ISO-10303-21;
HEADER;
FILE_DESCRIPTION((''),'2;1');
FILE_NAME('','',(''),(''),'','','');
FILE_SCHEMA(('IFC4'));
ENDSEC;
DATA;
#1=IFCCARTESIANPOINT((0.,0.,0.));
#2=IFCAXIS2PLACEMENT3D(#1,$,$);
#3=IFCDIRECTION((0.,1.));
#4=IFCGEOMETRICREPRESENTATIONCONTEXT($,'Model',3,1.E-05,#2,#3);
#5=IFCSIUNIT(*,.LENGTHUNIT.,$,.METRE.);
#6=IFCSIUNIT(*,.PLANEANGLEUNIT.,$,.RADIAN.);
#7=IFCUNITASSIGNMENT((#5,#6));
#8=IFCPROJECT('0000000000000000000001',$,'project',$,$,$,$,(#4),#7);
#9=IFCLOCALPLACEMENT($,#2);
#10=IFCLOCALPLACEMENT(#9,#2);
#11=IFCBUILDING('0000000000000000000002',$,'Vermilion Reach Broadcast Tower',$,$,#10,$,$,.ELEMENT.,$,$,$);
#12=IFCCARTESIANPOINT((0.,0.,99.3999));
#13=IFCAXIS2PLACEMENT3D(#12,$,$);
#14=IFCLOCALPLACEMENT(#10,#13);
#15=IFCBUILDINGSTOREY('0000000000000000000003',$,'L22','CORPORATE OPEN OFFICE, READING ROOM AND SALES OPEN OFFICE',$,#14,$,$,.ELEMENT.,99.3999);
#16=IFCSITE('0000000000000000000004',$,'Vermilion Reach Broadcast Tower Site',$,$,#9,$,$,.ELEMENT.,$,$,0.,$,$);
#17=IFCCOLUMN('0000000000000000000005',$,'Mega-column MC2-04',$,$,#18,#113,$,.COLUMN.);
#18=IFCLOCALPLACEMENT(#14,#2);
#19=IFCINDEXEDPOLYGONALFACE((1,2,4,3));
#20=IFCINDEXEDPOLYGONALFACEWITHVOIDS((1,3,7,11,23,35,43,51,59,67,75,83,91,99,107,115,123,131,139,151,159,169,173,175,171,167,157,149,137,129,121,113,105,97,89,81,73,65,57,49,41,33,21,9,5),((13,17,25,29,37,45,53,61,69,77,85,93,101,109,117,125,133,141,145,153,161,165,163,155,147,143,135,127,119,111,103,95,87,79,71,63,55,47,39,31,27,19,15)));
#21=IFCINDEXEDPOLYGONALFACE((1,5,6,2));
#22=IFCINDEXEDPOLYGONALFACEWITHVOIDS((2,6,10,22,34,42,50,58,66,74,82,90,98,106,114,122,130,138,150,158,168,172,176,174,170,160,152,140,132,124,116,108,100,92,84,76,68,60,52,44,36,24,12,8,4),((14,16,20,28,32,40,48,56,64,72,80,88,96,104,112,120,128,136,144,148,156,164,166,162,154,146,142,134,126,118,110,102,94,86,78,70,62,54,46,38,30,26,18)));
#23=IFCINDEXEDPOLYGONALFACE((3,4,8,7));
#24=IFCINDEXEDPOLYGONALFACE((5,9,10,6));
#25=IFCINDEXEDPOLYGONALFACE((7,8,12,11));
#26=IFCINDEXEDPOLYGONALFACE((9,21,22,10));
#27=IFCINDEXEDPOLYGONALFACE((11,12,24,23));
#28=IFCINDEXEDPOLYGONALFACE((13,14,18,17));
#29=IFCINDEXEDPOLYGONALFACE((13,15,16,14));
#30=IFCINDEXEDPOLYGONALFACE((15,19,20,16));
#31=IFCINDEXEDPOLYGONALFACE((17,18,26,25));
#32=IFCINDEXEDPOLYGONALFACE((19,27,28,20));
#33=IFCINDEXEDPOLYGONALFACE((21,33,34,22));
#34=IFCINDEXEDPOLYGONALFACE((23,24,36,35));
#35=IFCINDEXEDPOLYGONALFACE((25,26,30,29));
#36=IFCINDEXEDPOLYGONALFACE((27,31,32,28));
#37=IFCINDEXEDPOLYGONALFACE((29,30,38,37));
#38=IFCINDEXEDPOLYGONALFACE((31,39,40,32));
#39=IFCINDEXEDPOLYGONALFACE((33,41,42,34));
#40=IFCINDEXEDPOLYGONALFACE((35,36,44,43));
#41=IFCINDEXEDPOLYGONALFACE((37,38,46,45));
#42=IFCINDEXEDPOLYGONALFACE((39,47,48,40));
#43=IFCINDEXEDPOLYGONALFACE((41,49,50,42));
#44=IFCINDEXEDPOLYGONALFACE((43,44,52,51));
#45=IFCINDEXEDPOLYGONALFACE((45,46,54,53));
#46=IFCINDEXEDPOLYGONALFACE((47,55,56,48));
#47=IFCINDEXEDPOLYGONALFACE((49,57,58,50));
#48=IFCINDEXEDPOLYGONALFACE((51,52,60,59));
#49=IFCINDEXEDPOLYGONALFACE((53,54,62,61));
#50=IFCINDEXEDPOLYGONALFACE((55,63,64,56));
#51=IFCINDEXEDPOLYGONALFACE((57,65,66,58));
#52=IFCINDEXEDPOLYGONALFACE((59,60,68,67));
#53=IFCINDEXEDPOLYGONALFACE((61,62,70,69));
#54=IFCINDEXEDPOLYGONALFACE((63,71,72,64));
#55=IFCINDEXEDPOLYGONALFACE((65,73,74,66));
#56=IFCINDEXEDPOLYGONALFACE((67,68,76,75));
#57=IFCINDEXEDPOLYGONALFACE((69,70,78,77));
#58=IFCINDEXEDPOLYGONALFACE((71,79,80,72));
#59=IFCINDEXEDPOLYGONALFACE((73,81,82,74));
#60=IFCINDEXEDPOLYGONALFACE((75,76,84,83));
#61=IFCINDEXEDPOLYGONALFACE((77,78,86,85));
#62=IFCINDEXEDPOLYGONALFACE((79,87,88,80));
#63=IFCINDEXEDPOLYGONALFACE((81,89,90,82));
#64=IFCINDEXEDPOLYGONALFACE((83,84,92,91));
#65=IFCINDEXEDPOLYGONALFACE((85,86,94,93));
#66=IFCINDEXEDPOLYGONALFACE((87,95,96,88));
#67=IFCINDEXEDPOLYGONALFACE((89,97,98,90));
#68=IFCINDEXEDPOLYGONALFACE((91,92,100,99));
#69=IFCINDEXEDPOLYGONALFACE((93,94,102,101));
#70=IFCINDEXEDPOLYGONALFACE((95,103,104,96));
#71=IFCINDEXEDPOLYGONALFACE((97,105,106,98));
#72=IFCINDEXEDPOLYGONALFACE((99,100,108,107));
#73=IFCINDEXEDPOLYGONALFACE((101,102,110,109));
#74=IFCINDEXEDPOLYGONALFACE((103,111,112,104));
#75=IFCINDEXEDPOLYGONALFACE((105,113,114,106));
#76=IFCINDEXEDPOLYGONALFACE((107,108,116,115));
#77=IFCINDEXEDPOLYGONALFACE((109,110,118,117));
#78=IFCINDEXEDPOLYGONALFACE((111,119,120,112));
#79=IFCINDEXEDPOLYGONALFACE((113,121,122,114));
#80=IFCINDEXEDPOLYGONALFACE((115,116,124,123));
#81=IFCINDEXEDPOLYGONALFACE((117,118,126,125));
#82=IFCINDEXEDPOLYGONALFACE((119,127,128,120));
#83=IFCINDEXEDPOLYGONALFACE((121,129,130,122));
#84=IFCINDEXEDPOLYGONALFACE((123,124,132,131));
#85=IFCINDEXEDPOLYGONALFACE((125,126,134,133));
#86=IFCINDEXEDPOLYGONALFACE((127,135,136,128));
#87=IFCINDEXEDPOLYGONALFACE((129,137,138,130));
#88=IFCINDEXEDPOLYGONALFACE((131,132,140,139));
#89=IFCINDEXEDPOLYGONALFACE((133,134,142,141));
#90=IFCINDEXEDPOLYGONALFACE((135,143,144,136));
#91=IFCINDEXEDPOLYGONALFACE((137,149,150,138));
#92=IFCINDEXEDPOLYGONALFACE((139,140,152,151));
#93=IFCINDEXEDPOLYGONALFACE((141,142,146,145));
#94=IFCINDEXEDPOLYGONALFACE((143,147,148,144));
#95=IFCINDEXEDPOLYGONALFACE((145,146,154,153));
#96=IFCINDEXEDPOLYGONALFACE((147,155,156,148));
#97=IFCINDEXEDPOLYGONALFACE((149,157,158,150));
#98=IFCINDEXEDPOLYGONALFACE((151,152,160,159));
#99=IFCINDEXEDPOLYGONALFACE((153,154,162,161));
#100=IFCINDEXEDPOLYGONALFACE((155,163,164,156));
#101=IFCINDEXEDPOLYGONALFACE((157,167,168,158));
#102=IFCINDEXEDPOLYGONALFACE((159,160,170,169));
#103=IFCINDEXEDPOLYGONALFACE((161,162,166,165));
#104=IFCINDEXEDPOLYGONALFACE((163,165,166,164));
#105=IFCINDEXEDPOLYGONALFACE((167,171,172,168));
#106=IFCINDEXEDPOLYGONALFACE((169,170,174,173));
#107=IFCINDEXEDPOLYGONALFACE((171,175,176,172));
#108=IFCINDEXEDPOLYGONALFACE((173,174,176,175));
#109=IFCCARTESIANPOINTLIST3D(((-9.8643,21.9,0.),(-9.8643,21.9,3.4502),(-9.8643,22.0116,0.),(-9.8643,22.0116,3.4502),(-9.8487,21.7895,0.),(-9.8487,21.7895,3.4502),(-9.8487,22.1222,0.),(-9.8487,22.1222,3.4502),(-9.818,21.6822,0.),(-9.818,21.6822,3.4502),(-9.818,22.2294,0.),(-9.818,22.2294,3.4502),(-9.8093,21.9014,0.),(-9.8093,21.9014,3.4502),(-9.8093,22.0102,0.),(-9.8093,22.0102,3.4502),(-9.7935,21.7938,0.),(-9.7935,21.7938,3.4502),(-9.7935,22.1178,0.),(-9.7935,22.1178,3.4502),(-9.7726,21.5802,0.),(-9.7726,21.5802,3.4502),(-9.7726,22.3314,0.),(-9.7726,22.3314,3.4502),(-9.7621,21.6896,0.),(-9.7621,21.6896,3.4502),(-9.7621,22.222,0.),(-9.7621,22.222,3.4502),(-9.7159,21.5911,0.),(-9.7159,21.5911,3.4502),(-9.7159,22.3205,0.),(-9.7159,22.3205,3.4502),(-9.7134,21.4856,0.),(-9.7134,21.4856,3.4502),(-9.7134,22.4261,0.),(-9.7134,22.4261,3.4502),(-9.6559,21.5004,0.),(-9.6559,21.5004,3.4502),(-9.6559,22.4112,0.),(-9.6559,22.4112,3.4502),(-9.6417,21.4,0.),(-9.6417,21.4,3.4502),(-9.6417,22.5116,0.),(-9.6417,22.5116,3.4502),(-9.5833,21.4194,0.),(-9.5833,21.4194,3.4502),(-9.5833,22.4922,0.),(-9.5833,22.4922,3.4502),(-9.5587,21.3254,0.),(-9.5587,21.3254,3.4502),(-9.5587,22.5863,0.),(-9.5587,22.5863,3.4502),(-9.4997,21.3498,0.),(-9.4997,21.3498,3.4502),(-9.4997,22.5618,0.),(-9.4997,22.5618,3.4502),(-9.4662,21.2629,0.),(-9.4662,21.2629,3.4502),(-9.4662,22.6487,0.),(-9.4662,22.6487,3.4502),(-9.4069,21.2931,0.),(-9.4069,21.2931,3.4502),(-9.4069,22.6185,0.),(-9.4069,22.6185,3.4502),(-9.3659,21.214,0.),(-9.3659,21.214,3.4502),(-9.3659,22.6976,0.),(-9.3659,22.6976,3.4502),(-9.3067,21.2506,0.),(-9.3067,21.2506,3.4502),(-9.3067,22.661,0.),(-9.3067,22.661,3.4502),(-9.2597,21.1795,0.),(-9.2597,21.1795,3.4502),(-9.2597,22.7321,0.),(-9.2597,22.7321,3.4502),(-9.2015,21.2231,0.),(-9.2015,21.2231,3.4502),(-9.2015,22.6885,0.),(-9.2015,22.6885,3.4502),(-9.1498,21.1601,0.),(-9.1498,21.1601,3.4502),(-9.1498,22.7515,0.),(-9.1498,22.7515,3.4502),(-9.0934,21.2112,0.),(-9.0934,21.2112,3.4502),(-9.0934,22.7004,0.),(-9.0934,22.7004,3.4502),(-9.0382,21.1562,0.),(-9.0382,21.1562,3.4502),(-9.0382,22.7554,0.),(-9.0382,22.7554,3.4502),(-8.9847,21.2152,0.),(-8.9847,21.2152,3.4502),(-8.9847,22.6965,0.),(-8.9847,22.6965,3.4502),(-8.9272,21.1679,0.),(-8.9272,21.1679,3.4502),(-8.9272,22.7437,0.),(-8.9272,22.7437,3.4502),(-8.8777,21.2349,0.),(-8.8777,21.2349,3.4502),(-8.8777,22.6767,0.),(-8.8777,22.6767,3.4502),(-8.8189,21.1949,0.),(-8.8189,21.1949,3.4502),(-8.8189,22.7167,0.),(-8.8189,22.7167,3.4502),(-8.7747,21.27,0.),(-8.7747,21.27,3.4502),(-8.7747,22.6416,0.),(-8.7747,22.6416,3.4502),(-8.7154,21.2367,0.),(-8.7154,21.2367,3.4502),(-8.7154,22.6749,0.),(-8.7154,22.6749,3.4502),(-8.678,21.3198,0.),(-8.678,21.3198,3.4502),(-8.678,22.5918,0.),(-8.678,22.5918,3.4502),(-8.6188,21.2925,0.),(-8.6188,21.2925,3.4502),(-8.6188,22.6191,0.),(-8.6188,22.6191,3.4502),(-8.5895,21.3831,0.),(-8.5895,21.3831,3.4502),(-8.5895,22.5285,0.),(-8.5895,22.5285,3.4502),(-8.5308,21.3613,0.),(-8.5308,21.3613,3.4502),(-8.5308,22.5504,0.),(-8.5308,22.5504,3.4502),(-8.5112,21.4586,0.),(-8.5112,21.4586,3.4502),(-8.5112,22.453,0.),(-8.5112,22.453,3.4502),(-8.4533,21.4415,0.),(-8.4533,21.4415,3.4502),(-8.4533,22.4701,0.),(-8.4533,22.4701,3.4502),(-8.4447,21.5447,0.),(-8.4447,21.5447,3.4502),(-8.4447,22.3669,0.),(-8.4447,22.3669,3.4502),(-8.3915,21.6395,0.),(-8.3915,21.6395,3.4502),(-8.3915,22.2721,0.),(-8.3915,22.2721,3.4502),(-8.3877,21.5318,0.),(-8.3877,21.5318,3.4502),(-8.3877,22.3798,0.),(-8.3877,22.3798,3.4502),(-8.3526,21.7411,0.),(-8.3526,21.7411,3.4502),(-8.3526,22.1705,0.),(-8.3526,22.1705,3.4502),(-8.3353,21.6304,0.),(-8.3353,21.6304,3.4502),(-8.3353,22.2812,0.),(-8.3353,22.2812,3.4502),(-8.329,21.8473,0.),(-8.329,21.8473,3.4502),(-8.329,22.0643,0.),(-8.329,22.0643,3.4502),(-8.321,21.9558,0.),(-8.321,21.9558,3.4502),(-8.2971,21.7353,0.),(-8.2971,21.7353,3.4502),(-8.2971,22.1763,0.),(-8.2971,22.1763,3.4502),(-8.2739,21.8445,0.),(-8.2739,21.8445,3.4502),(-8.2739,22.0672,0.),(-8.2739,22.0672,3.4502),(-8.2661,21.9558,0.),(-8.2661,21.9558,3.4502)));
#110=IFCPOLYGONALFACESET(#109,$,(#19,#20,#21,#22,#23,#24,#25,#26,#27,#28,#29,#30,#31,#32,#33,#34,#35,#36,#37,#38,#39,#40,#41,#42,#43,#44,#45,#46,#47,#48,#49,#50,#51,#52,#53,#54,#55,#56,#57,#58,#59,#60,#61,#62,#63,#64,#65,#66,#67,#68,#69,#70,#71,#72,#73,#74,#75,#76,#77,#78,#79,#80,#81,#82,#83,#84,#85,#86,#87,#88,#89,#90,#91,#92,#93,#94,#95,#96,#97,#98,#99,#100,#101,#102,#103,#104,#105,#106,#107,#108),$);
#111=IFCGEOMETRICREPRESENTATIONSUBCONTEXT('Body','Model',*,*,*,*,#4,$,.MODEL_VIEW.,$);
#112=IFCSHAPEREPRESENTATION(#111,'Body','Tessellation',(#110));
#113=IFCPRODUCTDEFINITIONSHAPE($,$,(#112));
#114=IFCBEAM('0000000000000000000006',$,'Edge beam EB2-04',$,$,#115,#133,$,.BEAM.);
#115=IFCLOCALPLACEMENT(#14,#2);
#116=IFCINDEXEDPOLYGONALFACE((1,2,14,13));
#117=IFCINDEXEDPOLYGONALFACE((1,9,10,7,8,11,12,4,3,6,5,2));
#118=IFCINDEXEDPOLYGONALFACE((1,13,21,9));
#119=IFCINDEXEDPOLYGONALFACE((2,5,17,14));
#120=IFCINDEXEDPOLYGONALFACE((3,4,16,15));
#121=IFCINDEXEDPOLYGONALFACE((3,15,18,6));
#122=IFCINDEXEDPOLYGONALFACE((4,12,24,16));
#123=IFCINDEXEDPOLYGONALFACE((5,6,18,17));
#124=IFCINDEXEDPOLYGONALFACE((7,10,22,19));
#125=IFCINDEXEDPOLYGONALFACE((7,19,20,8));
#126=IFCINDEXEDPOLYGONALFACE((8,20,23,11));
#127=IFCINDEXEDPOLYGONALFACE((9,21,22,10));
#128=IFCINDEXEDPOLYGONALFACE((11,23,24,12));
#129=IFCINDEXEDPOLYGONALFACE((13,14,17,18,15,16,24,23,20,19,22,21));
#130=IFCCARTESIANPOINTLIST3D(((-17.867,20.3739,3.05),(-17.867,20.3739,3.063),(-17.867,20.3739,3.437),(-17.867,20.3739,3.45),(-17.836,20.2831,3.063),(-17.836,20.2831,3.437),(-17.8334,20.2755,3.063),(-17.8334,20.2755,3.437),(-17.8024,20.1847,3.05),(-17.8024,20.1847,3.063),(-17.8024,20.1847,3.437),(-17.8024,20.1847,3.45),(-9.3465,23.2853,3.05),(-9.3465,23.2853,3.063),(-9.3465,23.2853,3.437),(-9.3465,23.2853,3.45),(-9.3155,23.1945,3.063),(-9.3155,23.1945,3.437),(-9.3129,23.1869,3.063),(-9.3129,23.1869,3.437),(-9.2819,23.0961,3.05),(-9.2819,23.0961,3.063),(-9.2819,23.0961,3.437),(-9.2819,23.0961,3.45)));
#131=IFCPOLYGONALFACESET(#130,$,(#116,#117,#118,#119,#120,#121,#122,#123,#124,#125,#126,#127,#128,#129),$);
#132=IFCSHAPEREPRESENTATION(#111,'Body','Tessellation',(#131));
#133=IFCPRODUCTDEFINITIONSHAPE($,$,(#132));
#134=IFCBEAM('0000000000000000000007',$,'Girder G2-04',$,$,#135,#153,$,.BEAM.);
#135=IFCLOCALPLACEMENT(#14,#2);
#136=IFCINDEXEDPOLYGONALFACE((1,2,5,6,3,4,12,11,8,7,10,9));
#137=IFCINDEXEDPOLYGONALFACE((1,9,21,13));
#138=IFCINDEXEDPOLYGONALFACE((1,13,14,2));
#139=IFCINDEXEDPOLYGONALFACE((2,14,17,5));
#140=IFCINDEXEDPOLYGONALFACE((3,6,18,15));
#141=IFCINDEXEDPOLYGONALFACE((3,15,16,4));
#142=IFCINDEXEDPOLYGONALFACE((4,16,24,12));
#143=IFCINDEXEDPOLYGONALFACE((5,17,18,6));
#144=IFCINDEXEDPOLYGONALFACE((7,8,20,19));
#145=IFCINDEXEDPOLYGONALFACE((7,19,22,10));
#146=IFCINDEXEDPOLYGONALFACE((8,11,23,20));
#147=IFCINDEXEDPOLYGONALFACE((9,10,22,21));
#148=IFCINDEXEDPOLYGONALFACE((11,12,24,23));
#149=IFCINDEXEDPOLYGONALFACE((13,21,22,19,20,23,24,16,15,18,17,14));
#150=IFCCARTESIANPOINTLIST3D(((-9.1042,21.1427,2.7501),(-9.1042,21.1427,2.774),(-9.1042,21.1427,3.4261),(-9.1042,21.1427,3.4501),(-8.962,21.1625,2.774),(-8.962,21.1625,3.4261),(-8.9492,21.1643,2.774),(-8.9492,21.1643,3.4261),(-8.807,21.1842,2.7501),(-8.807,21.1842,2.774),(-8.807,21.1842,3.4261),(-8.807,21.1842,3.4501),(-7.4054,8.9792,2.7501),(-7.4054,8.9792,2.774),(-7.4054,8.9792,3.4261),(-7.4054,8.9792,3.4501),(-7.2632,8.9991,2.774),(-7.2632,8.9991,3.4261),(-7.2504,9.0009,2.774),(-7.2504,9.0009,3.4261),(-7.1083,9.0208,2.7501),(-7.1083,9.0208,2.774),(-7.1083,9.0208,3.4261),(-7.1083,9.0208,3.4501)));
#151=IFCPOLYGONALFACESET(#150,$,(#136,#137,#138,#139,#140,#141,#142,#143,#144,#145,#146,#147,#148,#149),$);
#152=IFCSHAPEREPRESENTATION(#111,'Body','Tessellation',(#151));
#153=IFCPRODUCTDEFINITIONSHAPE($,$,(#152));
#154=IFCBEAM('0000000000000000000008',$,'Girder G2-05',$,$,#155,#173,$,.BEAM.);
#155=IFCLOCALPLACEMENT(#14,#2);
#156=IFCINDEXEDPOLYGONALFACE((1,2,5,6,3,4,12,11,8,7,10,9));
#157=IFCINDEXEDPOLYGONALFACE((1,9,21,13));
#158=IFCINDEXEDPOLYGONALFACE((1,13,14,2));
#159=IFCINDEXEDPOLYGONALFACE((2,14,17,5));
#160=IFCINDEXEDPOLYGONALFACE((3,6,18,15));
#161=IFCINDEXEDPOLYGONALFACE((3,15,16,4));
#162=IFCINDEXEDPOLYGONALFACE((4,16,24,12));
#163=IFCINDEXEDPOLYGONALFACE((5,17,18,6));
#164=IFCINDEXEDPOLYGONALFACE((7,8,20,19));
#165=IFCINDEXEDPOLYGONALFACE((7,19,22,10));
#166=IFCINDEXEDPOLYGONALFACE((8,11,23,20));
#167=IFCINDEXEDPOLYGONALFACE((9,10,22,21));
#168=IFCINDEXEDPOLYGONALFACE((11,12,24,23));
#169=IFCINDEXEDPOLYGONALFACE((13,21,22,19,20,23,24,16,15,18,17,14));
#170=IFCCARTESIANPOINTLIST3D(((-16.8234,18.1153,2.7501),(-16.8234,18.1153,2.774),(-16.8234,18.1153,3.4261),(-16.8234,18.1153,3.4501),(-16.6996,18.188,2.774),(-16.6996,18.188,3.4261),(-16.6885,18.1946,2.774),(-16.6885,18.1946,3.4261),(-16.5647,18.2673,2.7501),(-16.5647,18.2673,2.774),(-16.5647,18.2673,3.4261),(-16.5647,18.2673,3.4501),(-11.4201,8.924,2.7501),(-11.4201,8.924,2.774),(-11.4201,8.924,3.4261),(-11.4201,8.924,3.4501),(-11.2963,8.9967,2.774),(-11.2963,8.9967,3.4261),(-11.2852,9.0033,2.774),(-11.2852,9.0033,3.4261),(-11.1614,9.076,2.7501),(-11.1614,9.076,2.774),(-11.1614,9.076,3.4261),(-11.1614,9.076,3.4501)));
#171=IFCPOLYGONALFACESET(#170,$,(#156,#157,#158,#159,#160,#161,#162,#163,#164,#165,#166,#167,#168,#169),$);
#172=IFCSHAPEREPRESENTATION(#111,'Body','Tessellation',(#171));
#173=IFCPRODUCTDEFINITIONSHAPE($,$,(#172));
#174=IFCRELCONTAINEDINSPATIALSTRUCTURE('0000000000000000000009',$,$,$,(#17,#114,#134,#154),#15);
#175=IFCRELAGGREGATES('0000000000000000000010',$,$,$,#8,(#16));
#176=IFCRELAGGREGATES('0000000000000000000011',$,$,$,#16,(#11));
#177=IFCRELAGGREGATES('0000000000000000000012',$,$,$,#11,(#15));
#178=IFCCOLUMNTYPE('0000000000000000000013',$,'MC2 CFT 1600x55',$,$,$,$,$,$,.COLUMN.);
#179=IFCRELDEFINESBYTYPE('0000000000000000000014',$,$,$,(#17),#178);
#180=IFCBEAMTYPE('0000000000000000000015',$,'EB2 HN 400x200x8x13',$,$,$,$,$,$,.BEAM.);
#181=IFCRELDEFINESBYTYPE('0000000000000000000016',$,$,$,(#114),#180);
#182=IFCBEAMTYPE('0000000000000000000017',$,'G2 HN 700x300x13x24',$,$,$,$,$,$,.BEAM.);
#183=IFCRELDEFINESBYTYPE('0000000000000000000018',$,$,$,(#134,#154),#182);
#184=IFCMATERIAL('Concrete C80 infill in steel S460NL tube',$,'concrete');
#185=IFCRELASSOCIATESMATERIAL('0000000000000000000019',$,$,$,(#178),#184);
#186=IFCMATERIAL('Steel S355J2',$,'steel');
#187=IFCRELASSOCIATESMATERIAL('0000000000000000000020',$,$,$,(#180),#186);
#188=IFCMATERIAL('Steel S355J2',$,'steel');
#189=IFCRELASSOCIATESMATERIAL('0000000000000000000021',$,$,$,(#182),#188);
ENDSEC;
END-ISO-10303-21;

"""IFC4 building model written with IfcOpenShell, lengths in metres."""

from ifc_helpers import new_model, si_unit, direction, frame, origin, origin_2d, place, context, subcontext, project, spatial, hollow_circle, i_section, extrude, material, material_profile, profile_set, type_object, element, save


model = new_model("IFC4")

# Units and contexts
model_context = context("Model", 3, precision=1e-05, world=origin(), true_north=direction((0.0, 1.0)))
body_context = subcontext(model_context, "Body", "Model", "MODEL_VIEW")
ifc_project = project(units=[si_unit("LENGTHUNIT", "METRE"), si_unit("PLANEANGLEUNIT", "RADIAN")], contexts=[model_context])

# Site, building, storey
site_placement = place(None, origin())
site = spatial("IfcSite", under=ifc_project, at=site_placement, Name="Vermilion Reach Broadcast Tower Site", CompositionType="ELEMENT", RefElevation=0.0)
building_placement = place(site_placement, origin())
building = spatial("IfcBuilding", under=site, at=building_placement, Name="Vermilion Reach Broadcast Tower", CompositionType="ELEMENT")
storey_placement = place(building_placement, frame((0.0, 0.0, 99.3999)))
storey = spatial("IfcBuildingStorey", under=building, at=storey_placement, Name="L22", Description="CORPORATE OPEN OFFICE, READING ROOM AND SALES OPEN OFFICE", CompositionType="ELEMENT", Elevation=99.3999)

# Column
ifc_material_1 = material(Name="Concrete C80 infill in steel S460NL tube", Category="concrete")
ifc_material_profile_1 = material_profile(ifc_material_1, hollow_circle(Radius=0.8, WallThickness=0.0549, at=origin_2d()), Name="Concrete C80 infill in steel S460NL tube CFT 1600x55")
ifc_profile_set_1 = profile_set([ifc_material_profile_1], Name="Concrete C80 infill in steel S460NL tube")
column_type = type_object("IfcColumnType", Name="MC2 CFT 1600x55", PredefinedType="COLUMN", material=ifc_profile_set_1)
column_placement = place(storey_placement, frame((-9.0662, 21.9558, 0.0), z_axis=(0.0, 0.0, 1.0), x_axis=(1.0, 0.0, 0.0)))
element("IfcColumn", 1, at=column_placement, inside=storey, type_object=column_type, Name="Mega-column MC2-04", PredefinedType="COLUMN", context=body_context, shape_type="SweptSolid", body=[
    extrude(hollow_circle(Radius=0.8, WallThickness=0.0549, at=origin_2d()), origin(), (0.0, 0.0, 1.0), 3.4502),
])

# Beams
ifc_material_2 = material(Name="Steel S355J2", Category="steel")
ifc_material_profile_2 = material_profile(ifc_material_2, i_section(OverallWidth=0.2, OverallDepth=0.3999, WebThickness=0.0081, FlangeThickness=0.0129, at=origin_2d()), Name="S355J2 HN 400x200x8x13")
ifc_profile_set_2 = profile_set([ifc_material_profile_2], Name="Steel S355J2")
beam_type_1 = type_object("IfcBeamType", Name="EB2 HN 400x200x8x13", PredefinedType="BEAM", material=ifc_profile_set_2)
beam_1_placement = place(storey_placement, frame((-9.3142, 23.1907, 3.25), z_axis=(-0.946284, -0.323336, 0.0), x_axis=(0.323336, -0.946284, 0.0)))
element("IfcBeam", 2, at=beam_1_placement, inside=storey, type_object=beam_type_1, Name="Edge beam EB2-04", PredefinedType="BEAM", context=body_context, shape_type="SweptSolid", body=[
    extrude(i_section(OverallWidth=0.2, OverallDepth=0.3999, WebThickness=0.0081, FlangeThickness=0.0129, at=origin_2d()), origin(), (0.0, 0.0, 1.0), 9.0042),
])
ifc_material_3 = material(Name="Steel S355J2", Category="steel")
ifc_material_profile_3 = material_profile(ifc_material_3, i_section(OverallWidth=0.3, OverallDepth=0.7, WebThickness=0.0129, FlangeThickness=0.0239, at=origin_2d()), Name="S355J2 HN 700x300x13x24")
ifc_profile_set_3 = profile_set([ifc_material_profile_3], Name="Steel S355J2")
beam_type_2 = type_object("IfcBeamType", Name="G2 HN 700x300x13x24", PredefinedType="BEAM", material=ifc_profile_set_3)
beam_2_placement = place(storey_placement, frame((-7.2568, 9.0, 3.1001), z_axis=(-0.138318, 0.990388, 0.0), x_axis=(-0.990388, -0.138318, 0.0)))
element("IfcBeam", 3, at=beam_2_placement, inside=storey, type_object=beam_type_2, Name="Girder G2-04", PredefinedType="BEAM", context=body_context, shape_type="SweptSolid", body=[
    extrude(i_section(OverallWidth=0.3, OverallDepth=0.7, WebThickness=0.0129, FlangeThickness=0.0239, at=origin_2d()), origin(), (0.0, 0.0, 1.0), 12.2815),
])
beam_3_placement = place(storey_placement, frame((-11.2908, 9.0, 3.1001), z_axis=(-0.506784, 0.862073, 0.0), x_axis=(-0.862073, -0.506784, 0.0)))
element("IfcBeam", 4, at=beam_3_placement, inside=storey, type_object=beam_type_2, Name="Girder G2-05", PredefinedType="BEAM", context=body_context, shape_type="SweptSolid", body=[
    extrude(i_section(OverallWidth=0.3, OverallDepth=0.7, WebThickness=0.0129, FlangeThickness=0.0239, at=origin_2d()), origin(), (0.0, 0.0, 1.0), 10.6619),
])

save(model, "model.ifc")
